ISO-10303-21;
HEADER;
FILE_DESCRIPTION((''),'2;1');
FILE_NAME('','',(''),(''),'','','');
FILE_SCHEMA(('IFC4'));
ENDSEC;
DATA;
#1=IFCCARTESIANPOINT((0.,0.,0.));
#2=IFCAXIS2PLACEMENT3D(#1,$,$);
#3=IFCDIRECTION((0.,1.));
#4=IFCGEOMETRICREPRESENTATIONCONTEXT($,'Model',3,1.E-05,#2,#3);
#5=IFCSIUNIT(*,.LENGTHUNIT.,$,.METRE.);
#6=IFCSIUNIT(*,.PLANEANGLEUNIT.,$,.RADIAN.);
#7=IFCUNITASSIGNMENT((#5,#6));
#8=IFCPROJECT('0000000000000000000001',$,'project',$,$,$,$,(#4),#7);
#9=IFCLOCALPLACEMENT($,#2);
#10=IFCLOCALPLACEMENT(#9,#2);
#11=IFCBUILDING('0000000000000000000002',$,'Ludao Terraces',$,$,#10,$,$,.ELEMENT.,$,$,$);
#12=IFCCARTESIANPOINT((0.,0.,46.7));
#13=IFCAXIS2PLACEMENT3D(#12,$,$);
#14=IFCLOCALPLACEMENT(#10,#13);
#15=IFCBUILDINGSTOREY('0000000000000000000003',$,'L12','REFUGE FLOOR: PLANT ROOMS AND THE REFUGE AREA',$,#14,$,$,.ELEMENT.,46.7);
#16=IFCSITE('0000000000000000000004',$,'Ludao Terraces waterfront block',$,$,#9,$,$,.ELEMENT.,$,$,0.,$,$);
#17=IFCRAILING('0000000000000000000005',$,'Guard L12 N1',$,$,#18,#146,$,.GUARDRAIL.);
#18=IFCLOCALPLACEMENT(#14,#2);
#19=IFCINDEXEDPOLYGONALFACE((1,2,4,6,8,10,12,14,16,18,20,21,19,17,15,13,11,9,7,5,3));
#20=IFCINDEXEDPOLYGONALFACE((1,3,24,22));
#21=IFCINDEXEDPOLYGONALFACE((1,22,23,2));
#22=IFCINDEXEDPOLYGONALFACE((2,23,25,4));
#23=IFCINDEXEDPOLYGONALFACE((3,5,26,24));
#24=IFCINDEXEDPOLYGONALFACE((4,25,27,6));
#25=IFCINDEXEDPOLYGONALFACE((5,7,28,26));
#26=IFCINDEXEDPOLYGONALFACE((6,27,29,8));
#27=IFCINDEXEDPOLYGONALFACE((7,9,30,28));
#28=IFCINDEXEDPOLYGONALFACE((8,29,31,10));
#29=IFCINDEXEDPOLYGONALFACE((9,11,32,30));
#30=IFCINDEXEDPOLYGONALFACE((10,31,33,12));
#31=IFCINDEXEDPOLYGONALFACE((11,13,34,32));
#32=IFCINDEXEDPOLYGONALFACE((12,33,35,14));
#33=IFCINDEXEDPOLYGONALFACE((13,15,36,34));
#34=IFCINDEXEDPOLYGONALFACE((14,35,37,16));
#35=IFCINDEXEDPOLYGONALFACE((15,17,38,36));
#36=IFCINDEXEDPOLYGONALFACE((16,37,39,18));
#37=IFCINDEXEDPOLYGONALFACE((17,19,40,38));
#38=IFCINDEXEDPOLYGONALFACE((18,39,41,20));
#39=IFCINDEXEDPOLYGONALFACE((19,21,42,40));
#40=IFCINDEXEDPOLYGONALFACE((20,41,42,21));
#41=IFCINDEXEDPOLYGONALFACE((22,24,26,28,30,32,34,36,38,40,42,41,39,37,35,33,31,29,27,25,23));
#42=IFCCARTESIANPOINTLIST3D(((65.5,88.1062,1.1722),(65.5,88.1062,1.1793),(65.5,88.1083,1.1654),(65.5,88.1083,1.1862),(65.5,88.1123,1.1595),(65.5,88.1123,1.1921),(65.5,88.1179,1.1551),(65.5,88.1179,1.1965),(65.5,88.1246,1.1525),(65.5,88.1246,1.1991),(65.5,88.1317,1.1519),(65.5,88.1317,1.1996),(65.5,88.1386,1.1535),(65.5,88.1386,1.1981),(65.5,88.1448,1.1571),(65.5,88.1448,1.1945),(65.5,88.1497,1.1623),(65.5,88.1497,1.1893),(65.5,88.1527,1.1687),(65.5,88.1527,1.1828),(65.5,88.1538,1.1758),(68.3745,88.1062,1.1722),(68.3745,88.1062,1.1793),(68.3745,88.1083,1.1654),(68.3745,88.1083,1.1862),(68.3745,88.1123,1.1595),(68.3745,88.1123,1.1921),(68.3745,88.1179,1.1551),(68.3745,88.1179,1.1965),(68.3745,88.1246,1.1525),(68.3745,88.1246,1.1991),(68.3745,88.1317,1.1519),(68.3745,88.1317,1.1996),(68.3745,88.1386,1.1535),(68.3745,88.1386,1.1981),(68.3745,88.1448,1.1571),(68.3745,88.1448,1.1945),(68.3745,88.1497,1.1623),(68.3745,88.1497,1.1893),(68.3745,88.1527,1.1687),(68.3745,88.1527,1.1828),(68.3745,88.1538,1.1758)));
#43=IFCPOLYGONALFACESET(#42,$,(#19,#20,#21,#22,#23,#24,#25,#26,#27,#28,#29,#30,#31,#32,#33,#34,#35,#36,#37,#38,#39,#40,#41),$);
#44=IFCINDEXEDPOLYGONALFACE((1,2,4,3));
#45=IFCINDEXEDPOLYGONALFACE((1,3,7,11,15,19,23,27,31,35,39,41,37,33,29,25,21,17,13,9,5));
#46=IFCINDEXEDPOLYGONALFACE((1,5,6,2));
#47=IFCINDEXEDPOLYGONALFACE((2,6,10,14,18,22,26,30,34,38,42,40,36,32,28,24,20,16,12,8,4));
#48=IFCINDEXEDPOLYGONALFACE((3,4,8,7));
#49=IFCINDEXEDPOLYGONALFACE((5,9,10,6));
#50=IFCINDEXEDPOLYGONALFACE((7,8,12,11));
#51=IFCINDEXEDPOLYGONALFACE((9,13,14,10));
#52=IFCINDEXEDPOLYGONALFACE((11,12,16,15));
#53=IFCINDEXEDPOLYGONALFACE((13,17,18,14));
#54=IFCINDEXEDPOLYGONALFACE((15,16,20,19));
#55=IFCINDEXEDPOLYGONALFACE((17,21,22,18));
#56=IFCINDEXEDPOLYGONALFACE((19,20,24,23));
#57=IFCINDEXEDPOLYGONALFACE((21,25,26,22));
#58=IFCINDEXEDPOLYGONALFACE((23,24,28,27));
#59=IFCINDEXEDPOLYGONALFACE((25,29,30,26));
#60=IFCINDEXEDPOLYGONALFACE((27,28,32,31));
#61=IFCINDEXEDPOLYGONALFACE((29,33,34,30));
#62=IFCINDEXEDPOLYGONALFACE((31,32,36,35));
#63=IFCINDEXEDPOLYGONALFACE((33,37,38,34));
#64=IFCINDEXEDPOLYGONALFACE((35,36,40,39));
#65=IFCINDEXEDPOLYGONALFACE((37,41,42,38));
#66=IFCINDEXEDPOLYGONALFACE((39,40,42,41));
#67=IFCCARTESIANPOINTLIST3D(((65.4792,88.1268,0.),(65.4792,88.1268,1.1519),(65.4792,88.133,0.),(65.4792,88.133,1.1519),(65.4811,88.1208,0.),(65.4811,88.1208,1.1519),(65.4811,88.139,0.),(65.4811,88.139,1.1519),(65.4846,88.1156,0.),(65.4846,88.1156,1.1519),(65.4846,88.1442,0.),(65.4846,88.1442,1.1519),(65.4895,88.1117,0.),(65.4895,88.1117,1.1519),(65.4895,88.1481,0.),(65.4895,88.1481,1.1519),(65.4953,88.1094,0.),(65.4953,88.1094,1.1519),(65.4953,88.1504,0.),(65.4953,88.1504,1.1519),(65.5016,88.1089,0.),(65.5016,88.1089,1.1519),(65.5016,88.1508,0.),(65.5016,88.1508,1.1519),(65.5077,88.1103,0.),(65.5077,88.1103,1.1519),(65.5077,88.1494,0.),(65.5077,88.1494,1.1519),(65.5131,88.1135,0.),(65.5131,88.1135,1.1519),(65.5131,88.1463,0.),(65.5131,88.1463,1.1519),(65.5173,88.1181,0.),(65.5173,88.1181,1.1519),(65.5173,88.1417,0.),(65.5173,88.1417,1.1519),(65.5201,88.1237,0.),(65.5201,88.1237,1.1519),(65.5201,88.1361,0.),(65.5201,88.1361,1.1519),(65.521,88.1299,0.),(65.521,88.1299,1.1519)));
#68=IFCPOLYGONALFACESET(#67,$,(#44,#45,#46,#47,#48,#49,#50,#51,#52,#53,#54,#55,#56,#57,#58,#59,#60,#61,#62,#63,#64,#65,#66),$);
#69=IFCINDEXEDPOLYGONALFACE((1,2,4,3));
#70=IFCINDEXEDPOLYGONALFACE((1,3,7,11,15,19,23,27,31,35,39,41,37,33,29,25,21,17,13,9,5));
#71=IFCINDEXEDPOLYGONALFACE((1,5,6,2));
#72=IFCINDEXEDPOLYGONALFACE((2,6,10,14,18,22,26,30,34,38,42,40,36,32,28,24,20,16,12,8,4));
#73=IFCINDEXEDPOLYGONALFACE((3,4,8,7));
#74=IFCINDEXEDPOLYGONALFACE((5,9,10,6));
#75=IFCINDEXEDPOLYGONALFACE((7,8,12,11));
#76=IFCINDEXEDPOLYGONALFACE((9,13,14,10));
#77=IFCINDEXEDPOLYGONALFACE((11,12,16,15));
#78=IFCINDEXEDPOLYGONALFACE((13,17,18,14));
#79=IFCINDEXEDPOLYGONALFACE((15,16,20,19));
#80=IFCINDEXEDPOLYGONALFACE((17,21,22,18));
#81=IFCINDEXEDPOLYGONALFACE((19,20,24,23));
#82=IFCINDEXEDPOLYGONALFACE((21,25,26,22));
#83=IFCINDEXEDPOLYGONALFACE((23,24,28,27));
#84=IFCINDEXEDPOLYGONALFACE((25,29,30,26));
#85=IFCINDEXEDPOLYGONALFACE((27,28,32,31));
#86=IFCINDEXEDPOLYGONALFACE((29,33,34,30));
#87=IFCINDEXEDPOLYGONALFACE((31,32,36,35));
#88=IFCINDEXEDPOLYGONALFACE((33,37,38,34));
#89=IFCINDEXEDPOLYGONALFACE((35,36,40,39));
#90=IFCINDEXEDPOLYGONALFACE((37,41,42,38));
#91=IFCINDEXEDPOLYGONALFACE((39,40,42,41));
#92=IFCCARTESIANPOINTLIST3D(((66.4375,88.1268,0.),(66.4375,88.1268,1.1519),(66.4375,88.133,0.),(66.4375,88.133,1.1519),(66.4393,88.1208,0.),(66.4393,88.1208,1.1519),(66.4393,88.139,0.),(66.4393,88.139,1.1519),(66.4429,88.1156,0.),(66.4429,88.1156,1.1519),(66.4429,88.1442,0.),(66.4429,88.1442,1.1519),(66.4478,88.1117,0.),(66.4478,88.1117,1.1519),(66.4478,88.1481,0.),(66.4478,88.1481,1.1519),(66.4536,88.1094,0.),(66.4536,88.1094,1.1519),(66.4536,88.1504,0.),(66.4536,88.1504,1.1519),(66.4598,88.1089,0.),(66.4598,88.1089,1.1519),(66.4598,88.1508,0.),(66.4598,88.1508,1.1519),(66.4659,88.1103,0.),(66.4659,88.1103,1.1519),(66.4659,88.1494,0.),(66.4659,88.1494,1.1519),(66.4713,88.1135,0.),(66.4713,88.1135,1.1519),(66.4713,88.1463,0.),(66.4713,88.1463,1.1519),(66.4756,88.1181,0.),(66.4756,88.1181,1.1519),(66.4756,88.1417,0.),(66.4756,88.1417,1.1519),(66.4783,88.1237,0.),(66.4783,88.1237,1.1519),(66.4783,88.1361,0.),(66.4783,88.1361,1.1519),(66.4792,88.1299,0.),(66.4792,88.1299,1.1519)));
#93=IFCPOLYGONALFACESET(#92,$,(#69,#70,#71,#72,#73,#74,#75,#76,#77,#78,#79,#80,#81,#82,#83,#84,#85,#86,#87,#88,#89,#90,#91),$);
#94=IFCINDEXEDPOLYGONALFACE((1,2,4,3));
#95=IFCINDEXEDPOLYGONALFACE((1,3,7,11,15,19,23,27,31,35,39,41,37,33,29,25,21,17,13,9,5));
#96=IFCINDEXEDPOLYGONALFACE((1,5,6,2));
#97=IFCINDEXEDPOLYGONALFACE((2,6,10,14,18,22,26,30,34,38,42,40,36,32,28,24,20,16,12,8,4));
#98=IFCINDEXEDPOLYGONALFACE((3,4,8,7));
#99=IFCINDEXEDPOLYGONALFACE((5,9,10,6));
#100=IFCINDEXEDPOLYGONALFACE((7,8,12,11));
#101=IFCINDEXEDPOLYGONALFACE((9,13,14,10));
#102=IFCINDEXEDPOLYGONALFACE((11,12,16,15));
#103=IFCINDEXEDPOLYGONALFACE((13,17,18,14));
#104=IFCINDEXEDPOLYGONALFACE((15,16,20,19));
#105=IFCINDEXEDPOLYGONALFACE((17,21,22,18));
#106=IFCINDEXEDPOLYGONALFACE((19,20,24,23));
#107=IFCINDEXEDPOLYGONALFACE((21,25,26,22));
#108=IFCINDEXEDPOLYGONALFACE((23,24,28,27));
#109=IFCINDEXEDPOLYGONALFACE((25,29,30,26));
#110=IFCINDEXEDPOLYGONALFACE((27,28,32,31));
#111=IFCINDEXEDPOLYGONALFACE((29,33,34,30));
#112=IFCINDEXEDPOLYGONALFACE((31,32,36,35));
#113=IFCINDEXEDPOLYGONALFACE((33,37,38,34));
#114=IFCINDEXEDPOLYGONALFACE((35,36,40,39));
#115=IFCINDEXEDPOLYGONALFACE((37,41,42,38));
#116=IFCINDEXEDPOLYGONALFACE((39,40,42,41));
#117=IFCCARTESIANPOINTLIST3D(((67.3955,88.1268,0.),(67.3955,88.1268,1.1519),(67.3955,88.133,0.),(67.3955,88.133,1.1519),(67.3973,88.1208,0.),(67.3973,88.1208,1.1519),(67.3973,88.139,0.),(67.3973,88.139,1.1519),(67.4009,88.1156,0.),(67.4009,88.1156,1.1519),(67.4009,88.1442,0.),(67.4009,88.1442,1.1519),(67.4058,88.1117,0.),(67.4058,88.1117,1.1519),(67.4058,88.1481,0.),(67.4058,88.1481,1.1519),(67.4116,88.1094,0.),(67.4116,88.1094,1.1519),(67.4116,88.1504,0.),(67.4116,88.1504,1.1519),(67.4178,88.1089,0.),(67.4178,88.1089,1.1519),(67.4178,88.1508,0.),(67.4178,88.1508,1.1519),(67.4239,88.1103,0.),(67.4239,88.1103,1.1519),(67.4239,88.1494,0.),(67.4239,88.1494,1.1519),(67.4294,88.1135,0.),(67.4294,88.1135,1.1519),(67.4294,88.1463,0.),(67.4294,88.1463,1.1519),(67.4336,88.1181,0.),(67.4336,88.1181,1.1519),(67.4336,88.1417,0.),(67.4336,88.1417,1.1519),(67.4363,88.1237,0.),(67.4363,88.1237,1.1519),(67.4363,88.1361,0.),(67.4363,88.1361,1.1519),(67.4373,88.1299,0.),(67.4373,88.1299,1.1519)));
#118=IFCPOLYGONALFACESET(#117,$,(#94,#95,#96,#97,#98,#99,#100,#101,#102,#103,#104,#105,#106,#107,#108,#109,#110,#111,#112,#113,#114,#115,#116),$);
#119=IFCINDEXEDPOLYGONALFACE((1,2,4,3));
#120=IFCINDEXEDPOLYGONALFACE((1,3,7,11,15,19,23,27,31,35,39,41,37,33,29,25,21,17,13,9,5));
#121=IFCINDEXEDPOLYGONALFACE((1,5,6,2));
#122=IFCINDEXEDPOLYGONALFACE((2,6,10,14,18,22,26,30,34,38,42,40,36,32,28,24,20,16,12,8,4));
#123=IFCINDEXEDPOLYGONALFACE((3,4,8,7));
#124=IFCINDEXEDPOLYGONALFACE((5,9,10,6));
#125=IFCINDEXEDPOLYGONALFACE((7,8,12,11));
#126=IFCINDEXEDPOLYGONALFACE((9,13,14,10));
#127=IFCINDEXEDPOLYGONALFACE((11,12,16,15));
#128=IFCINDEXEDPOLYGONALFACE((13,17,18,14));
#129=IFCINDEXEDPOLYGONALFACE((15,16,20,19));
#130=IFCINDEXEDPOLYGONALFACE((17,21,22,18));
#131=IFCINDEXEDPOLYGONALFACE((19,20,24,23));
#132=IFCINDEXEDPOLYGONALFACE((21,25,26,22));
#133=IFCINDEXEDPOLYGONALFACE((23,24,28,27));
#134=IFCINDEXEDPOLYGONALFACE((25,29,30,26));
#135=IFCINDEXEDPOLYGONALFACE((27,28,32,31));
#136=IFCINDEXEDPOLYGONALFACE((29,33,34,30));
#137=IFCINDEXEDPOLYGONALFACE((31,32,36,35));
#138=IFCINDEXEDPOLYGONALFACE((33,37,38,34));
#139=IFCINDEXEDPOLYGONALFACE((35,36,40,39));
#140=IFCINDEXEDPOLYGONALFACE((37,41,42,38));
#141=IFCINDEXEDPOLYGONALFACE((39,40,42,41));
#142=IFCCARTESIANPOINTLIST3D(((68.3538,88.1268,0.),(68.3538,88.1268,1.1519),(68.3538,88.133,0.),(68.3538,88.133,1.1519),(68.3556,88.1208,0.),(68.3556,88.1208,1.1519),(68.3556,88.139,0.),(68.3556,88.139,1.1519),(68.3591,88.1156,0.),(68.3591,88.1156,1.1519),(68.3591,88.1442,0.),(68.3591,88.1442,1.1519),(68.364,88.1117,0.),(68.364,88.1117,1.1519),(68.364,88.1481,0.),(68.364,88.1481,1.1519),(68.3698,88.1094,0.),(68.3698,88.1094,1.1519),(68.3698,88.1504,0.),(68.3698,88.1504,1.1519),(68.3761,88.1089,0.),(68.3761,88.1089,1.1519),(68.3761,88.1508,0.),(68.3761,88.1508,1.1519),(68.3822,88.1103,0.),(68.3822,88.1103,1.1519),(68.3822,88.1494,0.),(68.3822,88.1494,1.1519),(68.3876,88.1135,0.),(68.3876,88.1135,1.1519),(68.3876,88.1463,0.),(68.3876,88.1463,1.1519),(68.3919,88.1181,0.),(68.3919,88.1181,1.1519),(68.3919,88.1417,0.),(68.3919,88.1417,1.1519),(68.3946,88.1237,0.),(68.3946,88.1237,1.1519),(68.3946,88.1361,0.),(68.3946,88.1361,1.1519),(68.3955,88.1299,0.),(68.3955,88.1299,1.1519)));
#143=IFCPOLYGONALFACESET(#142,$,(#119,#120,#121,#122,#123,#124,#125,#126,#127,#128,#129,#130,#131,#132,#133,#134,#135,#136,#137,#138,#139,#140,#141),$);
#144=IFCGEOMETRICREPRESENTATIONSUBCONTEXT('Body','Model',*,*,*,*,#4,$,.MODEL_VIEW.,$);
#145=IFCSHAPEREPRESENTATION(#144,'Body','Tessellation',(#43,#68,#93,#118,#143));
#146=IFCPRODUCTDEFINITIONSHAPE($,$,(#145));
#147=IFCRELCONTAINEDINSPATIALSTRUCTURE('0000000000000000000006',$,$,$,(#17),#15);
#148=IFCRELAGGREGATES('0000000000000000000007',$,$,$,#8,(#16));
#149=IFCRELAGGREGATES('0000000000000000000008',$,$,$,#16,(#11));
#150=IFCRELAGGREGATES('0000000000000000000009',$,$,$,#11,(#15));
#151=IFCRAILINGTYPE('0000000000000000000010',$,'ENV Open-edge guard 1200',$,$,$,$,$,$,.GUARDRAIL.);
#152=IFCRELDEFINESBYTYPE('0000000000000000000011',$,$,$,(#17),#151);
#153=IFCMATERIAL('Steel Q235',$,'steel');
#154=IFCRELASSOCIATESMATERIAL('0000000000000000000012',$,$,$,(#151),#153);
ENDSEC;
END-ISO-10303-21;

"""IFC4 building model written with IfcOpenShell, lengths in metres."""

from ifc_helpers import new_model, si_unit, direction, frame, origin, origin_2d, place, context, subcontext, project, spatial, circle, extrude, material, type_object, element, save


model = new_model("IFC4")

# Units and contexts
model_context = context("Model", 3, precision=1e-05, world=origin(), true_north=direction((0.0, 1.0)))
body_context = subcontext(model_context, "Body", "Model", "MODEL_VIEW")
ifc_project = project(units=[si_unit("LENGTHUNIT", "METRE"), si_unit("PLANEANGLEUNIT", "RADIAN")], contexts=[model_context])

# Site, building, storey
site_placement = place(None, origin())
site = spatial("IfcSite", under=ifc_project, at=site_placement, Name="Ludao Terraces waterfront block", CompositionType="ELEMENT", RefElevation=0.0)
building_placement = place(site_placement, origin())
building = spatial("IfcBuilding", under=site, at=building_placement, Name="Ludao Terraces", CompositionType="ELEMENT")
storey_placement = place(building_placement, frame((0.0, 0.0, 46.7)))
storey = spatial("IfcBuildingStorey", under=building, at=storey_placement, Name="L12", Description="REFUGE FLOOR: PLANT ROOMS AND THE REFUGE AREA", CompositionType="ELEMENT", Elevation=46.7)

# Shared definitions
ifc_material_1 = material(Name="Steel Q235", Category="steel")

# Railing
railing_type = type_object("IfcRailingType", Name="ENV Open-edge guard 1200", PredefinedType="GUARDRAIL", material=ifc_material_1)
railing_1_placement = place(storey_placement, frame((65.5, 88.1299, 0.0)))
element("IfcRailing", 1, at=railing_1_placement, inside=storey, type_object=railing_type, Name="Guard L12 N1", PredefinedType="GUARDRAIL", context=body_context, shape_type="SweptSolid", body=[
    extrude(circle(Radius=0.0239, at=origin_2d()), frame((0.0, 0.0, 1.1758), z_axis=(1.0, 0.0, 0.0), x_axis=(0.0, 1.0, 0.0)), (0.0, 0.0, 1.0), 2.8745),
    extrude(circle(Radius=0.021, at=origin_2d()), origin(), (0.0, 0.0, 1.0), 1.1519),
    extrude(circle(Radius=0.021, at=origin_2d()), frame((0.9583, 0.0, 0.0)), (0.0, 0.0, 1.0), 1.1519),
    extrude(circle(Radius=0.021, at=origin_2d()), frame((1.9163, 0.0, 0.0)), (0.0, 0.0, 1.0), 1.1519),
    extrude(circle(Radius=0.021, at=origin_2d()), frame((2.8745, 0.0, 0.0)), (0.0, 0.0, 1.0), 1.1519),
])

save(model, "model.ifc")
